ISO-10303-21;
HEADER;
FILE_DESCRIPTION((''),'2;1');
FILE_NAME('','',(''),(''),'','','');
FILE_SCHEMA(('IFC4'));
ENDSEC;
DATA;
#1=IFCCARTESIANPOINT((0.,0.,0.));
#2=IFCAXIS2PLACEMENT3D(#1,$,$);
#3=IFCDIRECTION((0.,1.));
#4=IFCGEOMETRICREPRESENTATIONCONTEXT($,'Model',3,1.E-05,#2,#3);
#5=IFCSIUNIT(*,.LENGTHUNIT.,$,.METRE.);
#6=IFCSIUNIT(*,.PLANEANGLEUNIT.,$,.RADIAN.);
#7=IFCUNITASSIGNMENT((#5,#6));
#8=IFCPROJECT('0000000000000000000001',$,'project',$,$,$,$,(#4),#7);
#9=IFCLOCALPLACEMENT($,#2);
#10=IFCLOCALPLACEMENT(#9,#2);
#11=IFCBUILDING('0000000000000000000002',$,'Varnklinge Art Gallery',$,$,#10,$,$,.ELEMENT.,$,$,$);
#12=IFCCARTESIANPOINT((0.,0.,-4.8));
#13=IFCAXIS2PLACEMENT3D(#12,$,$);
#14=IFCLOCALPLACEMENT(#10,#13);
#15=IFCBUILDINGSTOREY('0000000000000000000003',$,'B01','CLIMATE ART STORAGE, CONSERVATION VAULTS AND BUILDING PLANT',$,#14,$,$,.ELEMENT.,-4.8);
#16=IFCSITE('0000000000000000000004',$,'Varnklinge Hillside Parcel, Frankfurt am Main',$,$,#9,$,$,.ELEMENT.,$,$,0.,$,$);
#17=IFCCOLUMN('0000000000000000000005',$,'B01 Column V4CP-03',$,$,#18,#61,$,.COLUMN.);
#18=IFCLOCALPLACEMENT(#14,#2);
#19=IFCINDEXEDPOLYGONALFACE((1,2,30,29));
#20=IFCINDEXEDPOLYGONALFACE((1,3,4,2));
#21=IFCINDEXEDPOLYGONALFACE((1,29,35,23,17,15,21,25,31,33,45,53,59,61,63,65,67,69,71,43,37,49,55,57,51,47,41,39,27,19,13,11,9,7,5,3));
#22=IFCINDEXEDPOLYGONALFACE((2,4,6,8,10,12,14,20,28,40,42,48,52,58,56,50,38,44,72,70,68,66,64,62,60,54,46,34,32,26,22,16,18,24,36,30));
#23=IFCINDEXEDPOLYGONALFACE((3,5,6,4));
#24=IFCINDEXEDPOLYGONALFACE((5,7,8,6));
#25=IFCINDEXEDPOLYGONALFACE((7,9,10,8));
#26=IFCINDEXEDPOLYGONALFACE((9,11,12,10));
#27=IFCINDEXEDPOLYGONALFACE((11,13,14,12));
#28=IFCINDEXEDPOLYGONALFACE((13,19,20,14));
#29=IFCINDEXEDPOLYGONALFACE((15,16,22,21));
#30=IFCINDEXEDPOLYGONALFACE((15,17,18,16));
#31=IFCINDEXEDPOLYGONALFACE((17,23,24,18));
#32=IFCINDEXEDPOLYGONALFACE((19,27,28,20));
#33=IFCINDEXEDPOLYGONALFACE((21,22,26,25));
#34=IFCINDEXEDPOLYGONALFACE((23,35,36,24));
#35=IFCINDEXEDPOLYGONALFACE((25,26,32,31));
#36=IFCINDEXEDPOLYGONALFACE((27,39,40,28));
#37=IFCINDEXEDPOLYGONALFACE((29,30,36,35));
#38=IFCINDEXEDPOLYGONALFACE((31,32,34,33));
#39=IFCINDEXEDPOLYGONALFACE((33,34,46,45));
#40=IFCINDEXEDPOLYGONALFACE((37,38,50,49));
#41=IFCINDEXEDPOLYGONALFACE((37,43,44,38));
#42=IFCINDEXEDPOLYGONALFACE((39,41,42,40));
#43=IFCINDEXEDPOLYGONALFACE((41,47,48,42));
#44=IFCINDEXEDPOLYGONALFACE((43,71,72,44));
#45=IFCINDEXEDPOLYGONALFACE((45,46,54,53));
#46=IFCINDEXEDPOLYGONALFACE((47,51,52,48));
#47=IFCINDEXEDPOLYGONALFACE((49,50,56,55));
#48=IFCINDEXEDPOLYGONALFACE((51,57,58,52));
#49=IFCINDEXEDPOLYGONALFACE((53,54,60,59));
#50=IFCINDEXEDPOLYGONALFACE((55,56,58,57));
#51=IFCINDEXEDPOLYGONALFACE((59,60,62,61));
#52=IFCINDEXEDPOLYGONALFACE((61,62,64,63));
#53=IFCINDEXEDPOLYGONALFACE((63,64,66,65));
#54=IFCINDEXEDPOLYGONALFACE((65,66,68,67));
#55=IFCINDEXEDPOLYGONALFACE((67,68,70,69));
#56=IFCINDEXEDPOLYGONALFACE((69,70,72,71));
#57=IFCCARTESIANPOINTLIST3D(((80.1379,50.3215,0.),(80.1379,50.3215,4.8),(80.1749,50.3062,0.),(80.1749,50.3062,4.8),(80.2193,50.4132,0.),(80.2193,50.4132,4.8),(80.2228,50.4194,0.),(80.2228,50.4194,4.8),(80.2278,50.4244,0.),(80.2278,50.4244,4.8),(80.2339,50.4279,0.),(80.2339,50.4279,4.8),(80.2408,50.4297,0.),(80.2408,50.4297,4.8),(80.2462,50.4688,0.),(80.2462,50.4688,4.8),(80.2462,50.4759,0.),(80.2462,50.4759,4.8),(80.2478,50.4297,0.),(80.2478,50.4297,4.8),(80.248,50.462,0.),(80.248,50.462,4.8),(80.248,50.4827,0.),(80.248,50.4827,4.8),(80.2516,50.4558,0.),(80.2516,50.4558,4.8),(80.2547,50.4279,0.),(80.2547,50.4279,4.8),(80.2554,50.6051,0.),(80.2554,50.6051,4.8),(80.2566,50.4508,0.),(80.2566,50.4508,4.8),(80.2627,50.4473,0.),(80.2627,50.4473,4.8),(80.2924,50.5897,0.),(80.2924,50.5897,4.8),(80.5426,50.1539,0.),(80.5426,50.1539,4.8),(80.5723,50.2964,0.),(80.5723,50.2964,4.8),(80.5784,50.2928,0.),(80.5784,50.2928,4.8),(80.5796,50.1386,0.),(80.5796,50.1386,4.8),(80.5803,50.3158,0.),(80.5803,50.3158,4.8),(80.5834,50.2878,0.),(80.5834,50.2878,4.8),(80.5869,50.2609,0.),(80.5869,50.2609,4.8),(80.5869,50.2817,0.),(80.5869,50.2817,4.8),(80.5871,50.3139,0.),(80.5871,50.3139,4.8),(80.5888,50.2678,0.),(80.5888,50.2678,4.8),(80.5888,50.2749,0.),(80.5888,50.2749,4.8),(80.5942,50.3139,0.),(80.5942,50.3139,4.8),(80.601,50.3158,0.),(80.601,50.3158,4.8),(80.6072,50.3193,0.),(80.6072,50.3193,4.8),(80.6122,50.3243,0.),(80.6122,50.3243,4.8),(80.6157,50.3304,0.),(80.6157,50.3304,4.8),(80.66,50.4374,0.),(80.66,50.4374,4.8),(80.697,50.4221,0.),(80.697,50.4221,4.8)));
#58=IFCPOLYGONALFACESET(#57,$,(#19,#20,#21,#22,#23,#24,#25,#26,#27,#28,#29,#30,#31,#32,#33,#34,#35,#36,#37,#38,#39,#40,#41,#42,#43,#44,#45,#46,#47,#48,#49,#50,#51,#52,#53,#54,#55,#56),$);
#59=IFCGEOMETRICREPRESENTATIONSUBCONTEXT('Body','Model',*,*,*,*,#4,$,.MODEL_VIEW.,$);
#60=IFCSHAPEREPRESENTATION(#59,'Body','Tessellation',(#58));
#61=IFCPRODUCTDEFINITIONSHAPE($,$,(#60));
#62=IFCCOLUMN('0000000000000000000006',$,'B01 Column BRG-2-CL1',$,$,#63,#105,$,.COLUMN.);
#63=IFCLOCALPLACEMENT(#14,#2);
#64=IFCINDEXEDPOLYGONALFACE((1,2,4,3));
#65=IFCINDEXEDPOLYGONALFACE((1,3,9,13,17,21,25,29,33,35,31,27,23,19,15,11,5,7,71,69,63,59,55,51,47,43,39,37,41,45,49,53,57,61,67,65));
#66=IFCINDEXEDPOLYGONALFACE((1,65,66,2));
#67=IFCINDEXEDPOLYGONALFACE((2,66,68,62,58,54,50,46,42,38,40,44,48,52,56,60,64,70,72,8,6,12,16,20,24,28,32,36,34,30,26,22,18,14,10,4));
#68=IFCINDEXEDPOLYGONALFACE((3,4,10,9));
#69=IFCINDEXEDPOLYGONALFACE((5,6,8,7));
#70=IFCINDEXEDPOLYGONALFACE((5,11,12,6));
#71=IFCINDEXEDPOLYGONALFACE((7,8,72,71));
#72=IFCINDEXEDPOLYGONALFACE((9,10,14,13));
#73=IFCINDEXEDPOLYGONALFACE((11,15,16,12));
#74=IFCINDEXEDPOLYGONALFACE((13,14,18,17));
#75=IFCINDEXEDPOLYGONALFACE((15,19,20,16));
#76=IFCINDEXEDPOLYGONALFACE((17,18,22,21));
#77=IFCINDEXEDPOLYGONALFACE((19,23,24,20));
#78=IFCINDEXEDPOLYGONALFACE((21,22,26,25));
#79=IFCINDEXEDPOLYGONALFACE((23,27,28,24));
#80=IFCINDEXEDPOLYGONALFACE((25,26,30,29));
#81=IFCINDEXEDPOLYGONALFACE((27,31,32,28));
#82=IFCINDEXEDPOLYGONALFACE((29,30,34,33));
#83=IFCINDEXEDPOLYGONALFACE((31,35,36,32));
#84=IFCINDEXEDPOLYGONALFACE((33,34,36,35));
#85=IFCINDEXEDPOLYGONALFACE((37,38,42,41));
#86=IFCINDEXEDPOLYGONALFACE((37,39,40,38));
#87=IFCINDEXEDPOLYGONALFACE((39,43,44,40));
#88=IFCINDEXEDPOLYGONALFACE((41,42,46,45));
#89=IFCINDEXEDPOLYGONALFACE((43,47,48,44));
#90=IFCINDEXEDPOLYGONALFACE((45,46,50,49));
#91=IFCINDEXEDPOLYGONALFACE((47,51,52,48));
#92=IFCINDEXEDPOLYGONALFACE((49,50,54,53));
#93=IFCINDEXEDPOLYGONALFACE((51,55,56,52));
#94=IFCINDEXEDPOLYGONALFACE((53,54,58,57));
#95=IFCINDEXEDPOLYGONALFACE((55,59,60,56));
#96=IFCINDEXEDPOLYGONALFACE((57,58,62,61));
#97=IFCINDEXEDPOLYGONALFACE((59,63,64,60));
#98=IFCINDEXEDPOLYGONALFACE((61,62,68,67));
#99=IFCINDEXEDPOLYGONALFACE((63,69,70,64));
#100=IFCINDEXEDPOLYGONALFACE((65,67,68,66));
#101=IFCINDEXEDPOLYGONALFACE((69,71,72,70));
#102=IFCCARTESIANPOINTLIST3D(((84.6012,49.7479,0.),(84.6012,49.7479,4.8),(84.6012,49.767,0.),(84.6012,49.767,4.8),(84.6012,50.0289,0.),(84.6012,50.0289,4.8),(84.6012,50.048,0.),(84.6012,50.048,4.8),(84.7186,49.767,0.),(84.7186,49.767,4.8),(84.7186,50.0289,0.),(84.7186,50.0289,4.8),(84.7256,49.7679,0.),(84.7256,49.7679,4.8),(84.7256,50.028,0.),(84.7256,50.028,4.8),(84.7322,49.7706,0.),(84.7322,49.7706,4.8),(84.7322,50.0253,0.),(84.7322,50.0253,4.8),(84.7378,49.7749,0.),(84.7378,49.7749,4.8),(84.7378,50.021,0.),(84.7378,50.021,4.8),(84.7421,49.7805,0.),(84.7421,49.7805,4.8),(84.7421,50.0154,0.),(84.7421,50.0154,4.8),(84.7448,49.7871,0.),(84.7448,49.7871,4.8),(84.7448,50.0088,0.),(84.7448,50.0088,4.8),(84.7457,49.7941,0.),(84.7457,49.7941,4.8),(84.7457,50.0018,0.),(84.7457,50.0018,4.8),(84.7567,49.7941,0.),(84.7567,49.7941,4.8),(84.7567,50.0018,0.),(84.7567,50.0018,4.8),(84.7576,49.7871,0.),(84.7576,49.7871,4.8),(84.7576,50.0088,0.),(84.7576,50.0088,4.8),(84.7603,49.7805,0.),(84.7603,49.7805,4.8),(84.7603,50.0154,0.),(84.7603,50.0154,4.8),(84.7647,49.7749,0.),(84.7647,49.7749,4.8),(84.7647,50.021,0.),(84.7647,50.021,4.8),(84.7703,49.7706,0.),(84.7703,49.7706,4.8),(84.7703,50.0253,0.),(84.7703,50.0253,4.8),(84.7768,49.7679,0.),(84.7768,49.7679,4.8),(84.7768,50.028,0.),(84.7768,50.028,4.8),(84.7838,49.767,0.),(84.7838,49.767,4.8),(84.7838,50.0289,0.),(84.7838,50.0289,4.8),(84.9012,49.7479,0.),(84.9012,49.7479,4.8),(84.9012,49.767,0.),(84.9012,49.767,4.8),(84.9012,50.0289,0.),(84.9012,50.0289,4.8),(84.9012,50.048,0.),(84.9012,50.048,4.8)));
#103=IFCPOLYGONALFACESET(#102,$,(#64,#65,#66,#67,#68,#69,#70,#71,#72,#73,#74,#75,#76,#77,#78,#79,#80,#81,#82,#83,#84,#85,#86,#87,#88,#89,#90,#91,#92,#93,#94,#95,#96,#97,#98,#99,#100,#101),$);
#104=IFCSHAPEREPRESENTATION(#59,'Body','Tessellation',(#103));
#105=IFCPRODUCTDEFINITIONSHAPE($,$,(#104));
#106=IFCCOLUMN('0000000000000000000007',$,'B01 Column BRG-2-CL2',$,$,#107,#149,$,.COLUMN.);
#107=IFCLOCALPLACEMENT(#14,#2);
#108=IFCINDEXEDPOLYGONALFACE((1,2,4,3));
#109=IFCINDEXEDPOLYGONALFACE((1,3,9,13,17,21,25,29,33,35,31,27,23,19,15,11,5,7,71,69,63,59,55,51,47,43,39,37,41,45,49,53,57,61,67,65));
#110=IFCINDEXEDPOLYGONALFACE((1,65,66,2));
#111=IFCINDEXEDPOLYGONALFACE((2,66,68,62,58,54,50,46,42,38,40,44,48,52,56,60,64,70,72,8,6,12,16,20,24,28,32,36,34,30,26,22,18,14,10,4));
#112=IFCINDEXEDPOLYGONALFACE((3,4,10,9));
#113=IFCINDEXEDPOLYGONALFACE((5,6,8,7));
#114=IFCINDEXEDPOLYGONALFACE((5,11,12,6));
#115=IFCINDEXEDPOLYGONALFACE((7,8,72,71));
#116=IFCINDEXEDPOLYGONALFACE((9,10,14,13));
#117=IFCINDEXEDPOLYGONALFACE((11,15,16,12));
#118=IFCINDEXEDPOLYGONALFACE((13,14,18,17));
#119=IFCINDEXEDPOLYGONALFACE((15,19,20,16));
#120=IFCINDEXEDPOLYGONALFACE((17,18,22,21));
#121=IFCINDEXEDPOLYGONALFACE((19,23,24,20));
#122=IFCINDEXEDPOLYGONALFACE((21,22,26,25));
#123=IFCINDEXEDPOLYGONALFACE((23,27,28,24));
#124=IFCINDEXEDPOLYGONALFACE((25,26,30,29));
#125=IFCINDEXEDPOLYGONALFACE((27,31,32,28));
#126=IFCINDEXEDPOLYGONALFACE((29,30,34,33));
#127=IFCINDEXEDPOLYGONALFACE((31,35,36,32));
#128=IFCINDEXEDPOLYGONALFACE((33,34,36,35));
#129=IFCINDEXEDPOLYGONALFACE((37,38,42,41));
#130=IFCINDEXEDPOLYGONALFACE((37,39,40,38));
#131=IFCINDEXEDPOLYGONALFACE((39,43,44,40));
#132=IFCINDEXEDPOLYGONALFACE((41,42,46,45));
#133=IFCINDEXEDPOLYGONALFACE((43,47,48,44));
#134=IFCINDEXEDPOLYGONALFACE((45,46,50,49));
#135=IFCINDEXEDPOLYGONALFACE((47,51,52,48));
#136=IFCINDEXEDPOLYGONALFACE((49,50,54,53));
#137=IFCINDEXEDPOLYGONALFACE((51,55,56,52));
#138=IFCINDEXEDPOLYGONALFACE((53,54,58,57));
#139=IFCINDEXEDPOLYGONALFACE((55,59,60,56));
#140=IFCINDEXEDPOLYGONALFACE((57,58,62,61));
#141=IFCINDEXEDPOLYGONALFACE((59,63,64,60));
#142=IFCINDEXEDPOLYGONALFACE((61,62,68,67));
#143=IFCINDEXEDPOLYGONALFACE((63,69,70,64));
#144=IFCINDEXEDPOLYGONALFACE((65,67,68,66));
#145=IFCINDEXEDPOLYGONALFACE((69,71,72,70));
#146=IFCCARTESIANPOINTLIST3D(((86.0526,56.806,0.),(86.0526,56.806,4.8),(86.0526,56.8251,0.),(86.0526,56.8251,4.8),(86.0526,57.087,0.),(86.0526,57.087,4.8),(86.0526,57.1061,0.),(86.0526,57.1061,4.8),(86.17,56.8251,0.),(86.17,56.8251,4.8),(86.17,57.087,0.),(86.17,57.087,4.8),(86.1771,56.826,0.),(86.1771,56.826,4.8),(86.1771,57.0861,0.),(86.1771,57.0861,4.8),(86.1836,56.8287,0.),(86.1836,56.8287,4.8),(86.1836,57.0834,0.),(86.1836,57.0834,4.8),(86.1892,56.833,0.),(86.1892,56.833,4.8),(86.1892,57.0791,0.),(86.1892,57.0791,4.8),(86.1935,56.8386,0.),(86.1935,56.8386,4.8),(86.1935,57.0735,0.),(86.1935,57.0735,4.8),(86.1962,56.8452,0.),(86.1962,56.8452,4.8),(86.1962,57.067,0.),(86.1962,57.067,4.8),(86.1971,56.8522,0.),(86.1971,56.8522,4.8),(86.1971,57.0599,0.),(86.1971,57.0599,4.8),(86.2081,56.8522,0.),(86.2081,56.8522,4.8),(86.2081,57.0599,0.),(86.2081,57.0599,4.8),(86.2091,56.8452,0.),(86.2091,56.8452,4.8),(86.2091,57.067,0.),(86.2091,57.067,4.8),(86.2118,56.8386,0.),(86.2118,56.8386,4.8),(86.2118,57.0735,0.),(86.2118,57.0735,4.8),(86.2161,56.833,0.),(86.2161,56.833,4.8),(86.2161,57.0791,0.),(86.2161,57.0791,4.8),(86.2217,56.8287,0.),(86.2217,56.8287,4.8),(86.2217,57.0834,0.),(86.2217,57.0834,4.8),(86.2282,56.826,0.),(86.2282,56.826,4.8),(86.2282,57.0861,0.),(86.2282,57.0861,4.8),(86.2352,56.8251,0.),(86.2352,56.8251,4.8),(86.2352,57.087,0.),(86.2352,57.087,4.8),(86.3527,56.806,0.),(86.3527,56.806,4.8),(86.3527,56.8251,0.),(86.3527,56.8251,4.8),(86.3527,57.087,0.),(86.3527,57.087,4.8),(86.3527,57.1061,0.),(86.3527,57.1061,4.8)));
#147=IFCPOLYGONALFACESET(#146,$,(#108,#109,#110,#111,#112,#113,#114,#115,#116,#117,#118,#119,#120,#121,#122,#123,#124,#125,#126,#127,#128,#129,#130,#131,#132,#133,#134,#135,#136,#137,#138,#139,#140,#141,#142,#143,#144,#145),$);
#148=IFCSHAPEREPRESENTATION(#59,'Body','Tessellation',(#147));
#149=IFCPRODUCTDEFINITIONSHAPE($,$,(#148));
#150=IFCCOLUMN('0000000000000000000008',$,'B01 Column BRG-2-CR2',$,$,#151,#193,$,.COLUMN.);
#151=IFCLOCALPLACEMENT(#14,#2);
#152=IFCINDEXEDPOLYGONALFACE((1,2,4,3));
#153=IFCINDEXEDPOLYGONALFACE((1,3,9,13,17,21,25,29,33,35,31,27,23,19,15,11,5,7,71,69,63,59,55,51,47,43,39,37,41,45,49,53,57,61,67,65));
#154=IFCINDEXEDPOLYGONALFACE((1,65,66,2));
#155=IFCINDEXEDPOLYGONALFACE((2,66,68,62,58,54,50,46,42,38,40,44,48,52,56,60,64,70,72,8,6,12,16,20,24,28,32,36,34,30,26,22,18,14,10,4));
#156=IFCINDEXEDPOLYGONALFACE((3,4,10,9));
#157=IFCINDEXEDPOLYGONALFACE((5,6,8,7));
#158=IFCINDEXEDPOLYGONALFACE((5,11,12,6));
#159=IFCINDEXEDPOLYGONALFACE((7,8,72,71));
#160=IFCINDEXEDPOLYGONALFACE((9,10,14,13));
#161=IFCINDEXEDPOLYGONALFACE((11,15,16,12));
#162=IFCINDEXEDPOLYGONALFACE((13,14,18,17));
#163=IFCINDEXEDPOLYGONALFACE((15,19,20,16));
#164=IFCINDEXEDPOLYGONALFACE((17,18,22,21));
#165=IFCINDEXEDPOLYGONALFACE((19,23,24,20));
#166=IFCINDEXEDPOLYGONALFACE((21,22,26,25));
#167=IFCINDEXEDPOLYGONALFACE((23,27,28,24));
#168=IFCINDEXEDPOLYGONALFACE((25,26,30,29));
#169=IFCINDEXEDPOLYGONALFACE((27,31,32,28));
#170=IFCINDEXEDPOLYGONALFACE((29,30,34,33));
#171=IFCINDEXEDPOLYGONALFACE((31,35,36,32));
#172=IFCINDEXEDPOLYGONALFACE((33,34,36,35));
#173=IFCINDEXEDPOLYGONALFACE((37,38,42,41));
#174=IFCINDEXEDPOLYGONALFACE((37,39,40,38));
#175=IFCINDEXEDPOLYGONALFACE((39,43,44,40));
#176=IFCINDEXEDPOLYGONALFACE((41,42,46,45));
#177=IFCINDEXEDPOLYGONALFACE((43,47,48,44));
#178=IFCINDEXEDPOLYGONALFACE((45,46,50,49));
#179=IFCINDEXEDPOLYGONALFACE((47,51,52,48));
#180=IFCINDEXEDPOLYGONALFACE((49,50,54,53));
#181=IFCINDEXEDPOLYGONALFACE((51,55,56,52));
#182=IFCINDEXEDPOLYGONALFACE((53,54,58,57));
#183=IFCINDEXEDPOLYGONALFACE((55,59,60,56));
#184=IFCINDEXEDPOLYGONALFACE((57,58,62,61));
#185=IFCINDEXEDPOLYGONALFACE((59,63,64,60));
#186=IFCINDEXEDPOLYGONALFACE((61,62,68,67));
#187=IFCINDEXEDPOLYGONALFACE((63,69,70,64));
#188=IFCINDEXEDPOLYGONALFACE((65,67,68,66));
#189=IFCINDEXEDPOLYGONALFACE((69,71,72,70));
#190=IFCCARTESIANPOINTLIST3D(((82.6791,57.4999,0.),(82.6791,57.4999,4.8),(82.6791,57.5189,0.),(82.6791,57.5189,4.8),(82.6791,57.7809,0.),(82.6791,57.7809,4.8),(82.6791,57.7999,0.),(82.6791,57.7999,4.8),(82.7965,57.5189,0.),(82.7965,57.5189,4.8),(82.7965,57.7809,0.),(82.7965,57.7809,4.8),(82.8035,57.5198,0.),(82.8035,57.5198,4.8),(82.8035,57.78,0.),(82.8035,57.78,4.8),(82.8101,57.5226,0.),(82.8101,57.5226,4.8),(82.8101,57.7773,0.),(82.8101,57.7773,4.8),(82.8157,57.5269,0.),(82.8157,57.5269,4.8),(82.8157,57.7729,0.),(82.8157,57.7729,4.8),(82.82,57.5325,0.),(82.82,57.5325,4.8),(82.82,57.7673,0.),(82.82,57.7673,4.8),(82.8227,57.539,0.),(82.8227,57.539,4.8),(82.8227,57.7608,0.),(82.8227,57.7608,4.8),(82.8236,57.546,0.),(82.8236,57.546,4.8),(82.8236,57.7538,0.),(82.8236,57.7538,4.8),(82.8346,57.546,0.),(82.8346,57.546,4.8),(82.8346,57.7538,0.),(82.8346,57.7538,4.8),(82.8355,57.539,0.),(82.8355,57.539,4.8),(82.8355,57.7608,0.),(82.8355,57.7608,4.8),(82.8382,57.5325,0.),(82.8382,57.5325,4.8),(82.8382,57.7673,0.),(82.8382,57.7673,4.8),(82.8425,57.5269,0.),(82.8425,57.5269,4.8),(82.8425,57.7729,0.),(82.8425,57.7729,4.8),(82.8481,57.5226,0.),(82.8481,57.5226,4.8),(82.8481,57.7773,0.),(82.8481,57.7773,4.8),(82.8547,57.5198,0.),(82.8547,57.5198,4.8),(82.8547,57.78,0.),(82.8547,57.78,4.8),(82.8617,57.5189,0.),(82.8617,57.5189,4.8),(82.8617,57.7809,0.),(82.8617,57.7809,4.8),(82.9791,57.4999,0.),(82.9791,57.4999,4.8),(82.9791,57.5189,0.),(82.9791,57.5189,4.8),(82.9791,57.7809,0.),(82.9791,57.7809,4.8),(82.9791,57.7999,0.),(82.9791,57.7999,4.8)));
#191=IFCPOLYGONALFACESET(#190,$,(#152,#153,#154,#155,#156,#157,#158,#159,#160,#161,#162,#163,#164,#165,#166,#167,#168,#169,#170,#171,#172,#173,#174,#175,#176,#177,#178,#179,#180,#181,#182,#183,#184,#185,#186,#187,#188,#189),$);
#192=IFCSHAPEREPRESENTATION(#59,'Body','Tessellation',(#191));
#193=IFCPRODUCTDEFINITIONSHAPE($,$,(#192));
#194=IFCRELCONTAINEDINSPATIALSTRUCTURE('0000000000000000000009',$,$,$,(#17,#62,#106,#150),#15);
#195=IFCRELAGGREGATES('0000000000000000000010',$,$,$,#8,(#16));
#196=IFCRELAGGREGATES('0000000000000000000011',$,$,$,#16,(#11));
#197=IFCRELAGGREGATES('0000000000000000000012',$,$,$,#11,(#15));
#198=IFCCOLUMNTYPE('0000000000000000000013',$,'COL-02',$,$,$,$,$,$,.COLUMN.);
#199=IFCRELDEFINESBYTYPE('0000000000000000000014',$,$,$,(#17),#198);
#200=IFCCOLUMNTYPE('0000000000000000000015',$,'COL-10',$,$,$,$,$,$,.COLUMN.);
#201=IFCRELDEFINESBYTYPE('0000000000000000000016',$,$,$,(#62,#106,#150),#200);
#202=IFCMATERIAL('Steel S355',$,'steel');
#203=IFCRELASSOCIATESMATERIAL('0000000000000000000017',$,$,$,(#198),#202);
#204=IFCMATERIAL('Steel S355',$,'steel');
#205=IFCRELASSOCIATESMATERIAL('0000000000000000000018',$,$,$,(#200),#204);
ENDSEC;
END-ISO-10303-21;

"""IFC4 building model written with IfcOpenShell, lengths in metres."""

from ifc_helpers import new_model, si_unit, direction, frame, origin, origin_2d, place, context, subcontext, project, spatial, i_section, extrude, material, material_profile, profile_set, type_object, element, save


model = new_model("IFC4")

# Units and contexts
model_context = context("Model", 3, precision=1e-05, world=origin(), true_north=direction((0.0, 1.0)))
body_context = subcontext(model_context, "Body", "Model", "MODEL_VIEW")
ifc_project = project(units=[si_unit("LENGTHUNIT", "METRE"), si_unit("PLANEANGLEUNIT", "RADIAN")], contexts=[model_context])

# Site, building, storey
site_placement = place(None, origin())
site = spatial("IfcSite", under=ifc_project, at=site_placement, Name="Varnklinge Hillside Parcel, Frankfurt am Main", CompositionType="ELEMENT", RefElevation=0.0)
building_placement = place(site_placement, origin())
building = spatial("IfcBuilding", under=site, at=building_placement, Name="Varnklinge Art Gallery", CompositionType="ELEMENT")
storey_placement = place(building_placement, frame((0.0, 0.0, -4.8)))
storey = spatial("IfcBuildingStorey", under=building, at=storey_placement, Name="B01", Description="CLIMATE ART STORAGE, CONSERVATION VAULTS AND BUILDING PLANT", CompositionType="ELEMENT", Elevation=-4.8)

# Columns
ifc_material_1 = material(Name="Steel S355", Category="steel")
ifc_material_profile_1 = material_profile(ifc_material_1, i_section(OverallWidth=0.3069, OverallDepth=0.478, WebThickness=0.021, FlangeThickness=0.04, FilletRadius=0.0271, at=origin_2d()), Name="HEM 450")
ifc_profile_set_1 = profile_set([ifc_material_profile_1], Name="Steel S355")
column_type_1 = type_object("IfcColumnType", Name="COL-02", PredefinedType="COLUMN", material=ifc_profile_set_1)
for number, where, z_axis, x_axis, name in (
    (1, (80.4175, 50.3718, 0.0), (0.0, 0.0, 1.0), (0.382683, 0.92388, 0.0), "B01 Column V4CP-03"),
):
    element("IfcColumn", number, at=place(storey_placement, frame(where, z_axis=z_axis, x_axis=x_axis)), inside=storey, type_object=column_type_1, Name=name, PredefinedType="COLUMN", context=body_context, shape_type="SweptSolid", body=[
        extrude(i_section(OverallWidth=0.3069, OverallDepth=0.478, WebThickness=0.021, FlangeThickness=0.04, FilletRadius=0.0271, at=origin_2d()), origin(), (0.0, 0.0, 1.0), 4.8),
    ])
ifc_material_2 = material(Name="Steel S355", Category="steel")
ifc_material_profile_2 = material_profile(ifc_material_2, i_section(OverallWidth=0.3, OverallDepth=0.3, WebThickness=0.011, FlangeThickness=0.019, FilletRadius=0.0271, at=origin_2d()), Name="HEB 300")
ifc_profile_set_2 = profile_set([ifc_material_profile_2], Name="Steel S355")
column_type_2 = type_object("IfcColumnType", Name="COL-10", PredefinedType="COLUMN", material=ifc_profile_set_2)
for number, where, z_axis, x_axis, name in (
    (2, (84.7512, 49.8979, 0.0), (0.0, 0.0, 1.0), (1.0, 0.0, 0.0), "B01 Column BRG-2-CL1"),
    (3, (86.2026, 56.9561, 0.0), (0.0, 0.0, 1.0), (1.0, 0.0, 0.0), "B01 Column BRG-2-CL2"),
    (4, (82.8291, 57.6499, 0.0), (0.0, 0.0, 1.0), (1.0, 0.0, 0.0), "B01 Column BRG-2-CR2"),
):
    element("IfcColumn", number, at=place(storey_placement, frame(where, z_axis=z_axis, x_axis=x_axis)), inside=storey, type_object=column_type_2, Name=name, PredefinedType="COLUMN", context=body_context, shape_type="SweptSolid", body=[
        extrude(i_section(OverallWidth=0.3, OverallDepth=0.3, WebThickness=0.011, FlangeThickness=0.019, FilletRadius=0.0271, at=origin_2d()), origin(), (0.0, 0.0, 1.0), 4.8),
    ])

save(model, "model.ifc")
